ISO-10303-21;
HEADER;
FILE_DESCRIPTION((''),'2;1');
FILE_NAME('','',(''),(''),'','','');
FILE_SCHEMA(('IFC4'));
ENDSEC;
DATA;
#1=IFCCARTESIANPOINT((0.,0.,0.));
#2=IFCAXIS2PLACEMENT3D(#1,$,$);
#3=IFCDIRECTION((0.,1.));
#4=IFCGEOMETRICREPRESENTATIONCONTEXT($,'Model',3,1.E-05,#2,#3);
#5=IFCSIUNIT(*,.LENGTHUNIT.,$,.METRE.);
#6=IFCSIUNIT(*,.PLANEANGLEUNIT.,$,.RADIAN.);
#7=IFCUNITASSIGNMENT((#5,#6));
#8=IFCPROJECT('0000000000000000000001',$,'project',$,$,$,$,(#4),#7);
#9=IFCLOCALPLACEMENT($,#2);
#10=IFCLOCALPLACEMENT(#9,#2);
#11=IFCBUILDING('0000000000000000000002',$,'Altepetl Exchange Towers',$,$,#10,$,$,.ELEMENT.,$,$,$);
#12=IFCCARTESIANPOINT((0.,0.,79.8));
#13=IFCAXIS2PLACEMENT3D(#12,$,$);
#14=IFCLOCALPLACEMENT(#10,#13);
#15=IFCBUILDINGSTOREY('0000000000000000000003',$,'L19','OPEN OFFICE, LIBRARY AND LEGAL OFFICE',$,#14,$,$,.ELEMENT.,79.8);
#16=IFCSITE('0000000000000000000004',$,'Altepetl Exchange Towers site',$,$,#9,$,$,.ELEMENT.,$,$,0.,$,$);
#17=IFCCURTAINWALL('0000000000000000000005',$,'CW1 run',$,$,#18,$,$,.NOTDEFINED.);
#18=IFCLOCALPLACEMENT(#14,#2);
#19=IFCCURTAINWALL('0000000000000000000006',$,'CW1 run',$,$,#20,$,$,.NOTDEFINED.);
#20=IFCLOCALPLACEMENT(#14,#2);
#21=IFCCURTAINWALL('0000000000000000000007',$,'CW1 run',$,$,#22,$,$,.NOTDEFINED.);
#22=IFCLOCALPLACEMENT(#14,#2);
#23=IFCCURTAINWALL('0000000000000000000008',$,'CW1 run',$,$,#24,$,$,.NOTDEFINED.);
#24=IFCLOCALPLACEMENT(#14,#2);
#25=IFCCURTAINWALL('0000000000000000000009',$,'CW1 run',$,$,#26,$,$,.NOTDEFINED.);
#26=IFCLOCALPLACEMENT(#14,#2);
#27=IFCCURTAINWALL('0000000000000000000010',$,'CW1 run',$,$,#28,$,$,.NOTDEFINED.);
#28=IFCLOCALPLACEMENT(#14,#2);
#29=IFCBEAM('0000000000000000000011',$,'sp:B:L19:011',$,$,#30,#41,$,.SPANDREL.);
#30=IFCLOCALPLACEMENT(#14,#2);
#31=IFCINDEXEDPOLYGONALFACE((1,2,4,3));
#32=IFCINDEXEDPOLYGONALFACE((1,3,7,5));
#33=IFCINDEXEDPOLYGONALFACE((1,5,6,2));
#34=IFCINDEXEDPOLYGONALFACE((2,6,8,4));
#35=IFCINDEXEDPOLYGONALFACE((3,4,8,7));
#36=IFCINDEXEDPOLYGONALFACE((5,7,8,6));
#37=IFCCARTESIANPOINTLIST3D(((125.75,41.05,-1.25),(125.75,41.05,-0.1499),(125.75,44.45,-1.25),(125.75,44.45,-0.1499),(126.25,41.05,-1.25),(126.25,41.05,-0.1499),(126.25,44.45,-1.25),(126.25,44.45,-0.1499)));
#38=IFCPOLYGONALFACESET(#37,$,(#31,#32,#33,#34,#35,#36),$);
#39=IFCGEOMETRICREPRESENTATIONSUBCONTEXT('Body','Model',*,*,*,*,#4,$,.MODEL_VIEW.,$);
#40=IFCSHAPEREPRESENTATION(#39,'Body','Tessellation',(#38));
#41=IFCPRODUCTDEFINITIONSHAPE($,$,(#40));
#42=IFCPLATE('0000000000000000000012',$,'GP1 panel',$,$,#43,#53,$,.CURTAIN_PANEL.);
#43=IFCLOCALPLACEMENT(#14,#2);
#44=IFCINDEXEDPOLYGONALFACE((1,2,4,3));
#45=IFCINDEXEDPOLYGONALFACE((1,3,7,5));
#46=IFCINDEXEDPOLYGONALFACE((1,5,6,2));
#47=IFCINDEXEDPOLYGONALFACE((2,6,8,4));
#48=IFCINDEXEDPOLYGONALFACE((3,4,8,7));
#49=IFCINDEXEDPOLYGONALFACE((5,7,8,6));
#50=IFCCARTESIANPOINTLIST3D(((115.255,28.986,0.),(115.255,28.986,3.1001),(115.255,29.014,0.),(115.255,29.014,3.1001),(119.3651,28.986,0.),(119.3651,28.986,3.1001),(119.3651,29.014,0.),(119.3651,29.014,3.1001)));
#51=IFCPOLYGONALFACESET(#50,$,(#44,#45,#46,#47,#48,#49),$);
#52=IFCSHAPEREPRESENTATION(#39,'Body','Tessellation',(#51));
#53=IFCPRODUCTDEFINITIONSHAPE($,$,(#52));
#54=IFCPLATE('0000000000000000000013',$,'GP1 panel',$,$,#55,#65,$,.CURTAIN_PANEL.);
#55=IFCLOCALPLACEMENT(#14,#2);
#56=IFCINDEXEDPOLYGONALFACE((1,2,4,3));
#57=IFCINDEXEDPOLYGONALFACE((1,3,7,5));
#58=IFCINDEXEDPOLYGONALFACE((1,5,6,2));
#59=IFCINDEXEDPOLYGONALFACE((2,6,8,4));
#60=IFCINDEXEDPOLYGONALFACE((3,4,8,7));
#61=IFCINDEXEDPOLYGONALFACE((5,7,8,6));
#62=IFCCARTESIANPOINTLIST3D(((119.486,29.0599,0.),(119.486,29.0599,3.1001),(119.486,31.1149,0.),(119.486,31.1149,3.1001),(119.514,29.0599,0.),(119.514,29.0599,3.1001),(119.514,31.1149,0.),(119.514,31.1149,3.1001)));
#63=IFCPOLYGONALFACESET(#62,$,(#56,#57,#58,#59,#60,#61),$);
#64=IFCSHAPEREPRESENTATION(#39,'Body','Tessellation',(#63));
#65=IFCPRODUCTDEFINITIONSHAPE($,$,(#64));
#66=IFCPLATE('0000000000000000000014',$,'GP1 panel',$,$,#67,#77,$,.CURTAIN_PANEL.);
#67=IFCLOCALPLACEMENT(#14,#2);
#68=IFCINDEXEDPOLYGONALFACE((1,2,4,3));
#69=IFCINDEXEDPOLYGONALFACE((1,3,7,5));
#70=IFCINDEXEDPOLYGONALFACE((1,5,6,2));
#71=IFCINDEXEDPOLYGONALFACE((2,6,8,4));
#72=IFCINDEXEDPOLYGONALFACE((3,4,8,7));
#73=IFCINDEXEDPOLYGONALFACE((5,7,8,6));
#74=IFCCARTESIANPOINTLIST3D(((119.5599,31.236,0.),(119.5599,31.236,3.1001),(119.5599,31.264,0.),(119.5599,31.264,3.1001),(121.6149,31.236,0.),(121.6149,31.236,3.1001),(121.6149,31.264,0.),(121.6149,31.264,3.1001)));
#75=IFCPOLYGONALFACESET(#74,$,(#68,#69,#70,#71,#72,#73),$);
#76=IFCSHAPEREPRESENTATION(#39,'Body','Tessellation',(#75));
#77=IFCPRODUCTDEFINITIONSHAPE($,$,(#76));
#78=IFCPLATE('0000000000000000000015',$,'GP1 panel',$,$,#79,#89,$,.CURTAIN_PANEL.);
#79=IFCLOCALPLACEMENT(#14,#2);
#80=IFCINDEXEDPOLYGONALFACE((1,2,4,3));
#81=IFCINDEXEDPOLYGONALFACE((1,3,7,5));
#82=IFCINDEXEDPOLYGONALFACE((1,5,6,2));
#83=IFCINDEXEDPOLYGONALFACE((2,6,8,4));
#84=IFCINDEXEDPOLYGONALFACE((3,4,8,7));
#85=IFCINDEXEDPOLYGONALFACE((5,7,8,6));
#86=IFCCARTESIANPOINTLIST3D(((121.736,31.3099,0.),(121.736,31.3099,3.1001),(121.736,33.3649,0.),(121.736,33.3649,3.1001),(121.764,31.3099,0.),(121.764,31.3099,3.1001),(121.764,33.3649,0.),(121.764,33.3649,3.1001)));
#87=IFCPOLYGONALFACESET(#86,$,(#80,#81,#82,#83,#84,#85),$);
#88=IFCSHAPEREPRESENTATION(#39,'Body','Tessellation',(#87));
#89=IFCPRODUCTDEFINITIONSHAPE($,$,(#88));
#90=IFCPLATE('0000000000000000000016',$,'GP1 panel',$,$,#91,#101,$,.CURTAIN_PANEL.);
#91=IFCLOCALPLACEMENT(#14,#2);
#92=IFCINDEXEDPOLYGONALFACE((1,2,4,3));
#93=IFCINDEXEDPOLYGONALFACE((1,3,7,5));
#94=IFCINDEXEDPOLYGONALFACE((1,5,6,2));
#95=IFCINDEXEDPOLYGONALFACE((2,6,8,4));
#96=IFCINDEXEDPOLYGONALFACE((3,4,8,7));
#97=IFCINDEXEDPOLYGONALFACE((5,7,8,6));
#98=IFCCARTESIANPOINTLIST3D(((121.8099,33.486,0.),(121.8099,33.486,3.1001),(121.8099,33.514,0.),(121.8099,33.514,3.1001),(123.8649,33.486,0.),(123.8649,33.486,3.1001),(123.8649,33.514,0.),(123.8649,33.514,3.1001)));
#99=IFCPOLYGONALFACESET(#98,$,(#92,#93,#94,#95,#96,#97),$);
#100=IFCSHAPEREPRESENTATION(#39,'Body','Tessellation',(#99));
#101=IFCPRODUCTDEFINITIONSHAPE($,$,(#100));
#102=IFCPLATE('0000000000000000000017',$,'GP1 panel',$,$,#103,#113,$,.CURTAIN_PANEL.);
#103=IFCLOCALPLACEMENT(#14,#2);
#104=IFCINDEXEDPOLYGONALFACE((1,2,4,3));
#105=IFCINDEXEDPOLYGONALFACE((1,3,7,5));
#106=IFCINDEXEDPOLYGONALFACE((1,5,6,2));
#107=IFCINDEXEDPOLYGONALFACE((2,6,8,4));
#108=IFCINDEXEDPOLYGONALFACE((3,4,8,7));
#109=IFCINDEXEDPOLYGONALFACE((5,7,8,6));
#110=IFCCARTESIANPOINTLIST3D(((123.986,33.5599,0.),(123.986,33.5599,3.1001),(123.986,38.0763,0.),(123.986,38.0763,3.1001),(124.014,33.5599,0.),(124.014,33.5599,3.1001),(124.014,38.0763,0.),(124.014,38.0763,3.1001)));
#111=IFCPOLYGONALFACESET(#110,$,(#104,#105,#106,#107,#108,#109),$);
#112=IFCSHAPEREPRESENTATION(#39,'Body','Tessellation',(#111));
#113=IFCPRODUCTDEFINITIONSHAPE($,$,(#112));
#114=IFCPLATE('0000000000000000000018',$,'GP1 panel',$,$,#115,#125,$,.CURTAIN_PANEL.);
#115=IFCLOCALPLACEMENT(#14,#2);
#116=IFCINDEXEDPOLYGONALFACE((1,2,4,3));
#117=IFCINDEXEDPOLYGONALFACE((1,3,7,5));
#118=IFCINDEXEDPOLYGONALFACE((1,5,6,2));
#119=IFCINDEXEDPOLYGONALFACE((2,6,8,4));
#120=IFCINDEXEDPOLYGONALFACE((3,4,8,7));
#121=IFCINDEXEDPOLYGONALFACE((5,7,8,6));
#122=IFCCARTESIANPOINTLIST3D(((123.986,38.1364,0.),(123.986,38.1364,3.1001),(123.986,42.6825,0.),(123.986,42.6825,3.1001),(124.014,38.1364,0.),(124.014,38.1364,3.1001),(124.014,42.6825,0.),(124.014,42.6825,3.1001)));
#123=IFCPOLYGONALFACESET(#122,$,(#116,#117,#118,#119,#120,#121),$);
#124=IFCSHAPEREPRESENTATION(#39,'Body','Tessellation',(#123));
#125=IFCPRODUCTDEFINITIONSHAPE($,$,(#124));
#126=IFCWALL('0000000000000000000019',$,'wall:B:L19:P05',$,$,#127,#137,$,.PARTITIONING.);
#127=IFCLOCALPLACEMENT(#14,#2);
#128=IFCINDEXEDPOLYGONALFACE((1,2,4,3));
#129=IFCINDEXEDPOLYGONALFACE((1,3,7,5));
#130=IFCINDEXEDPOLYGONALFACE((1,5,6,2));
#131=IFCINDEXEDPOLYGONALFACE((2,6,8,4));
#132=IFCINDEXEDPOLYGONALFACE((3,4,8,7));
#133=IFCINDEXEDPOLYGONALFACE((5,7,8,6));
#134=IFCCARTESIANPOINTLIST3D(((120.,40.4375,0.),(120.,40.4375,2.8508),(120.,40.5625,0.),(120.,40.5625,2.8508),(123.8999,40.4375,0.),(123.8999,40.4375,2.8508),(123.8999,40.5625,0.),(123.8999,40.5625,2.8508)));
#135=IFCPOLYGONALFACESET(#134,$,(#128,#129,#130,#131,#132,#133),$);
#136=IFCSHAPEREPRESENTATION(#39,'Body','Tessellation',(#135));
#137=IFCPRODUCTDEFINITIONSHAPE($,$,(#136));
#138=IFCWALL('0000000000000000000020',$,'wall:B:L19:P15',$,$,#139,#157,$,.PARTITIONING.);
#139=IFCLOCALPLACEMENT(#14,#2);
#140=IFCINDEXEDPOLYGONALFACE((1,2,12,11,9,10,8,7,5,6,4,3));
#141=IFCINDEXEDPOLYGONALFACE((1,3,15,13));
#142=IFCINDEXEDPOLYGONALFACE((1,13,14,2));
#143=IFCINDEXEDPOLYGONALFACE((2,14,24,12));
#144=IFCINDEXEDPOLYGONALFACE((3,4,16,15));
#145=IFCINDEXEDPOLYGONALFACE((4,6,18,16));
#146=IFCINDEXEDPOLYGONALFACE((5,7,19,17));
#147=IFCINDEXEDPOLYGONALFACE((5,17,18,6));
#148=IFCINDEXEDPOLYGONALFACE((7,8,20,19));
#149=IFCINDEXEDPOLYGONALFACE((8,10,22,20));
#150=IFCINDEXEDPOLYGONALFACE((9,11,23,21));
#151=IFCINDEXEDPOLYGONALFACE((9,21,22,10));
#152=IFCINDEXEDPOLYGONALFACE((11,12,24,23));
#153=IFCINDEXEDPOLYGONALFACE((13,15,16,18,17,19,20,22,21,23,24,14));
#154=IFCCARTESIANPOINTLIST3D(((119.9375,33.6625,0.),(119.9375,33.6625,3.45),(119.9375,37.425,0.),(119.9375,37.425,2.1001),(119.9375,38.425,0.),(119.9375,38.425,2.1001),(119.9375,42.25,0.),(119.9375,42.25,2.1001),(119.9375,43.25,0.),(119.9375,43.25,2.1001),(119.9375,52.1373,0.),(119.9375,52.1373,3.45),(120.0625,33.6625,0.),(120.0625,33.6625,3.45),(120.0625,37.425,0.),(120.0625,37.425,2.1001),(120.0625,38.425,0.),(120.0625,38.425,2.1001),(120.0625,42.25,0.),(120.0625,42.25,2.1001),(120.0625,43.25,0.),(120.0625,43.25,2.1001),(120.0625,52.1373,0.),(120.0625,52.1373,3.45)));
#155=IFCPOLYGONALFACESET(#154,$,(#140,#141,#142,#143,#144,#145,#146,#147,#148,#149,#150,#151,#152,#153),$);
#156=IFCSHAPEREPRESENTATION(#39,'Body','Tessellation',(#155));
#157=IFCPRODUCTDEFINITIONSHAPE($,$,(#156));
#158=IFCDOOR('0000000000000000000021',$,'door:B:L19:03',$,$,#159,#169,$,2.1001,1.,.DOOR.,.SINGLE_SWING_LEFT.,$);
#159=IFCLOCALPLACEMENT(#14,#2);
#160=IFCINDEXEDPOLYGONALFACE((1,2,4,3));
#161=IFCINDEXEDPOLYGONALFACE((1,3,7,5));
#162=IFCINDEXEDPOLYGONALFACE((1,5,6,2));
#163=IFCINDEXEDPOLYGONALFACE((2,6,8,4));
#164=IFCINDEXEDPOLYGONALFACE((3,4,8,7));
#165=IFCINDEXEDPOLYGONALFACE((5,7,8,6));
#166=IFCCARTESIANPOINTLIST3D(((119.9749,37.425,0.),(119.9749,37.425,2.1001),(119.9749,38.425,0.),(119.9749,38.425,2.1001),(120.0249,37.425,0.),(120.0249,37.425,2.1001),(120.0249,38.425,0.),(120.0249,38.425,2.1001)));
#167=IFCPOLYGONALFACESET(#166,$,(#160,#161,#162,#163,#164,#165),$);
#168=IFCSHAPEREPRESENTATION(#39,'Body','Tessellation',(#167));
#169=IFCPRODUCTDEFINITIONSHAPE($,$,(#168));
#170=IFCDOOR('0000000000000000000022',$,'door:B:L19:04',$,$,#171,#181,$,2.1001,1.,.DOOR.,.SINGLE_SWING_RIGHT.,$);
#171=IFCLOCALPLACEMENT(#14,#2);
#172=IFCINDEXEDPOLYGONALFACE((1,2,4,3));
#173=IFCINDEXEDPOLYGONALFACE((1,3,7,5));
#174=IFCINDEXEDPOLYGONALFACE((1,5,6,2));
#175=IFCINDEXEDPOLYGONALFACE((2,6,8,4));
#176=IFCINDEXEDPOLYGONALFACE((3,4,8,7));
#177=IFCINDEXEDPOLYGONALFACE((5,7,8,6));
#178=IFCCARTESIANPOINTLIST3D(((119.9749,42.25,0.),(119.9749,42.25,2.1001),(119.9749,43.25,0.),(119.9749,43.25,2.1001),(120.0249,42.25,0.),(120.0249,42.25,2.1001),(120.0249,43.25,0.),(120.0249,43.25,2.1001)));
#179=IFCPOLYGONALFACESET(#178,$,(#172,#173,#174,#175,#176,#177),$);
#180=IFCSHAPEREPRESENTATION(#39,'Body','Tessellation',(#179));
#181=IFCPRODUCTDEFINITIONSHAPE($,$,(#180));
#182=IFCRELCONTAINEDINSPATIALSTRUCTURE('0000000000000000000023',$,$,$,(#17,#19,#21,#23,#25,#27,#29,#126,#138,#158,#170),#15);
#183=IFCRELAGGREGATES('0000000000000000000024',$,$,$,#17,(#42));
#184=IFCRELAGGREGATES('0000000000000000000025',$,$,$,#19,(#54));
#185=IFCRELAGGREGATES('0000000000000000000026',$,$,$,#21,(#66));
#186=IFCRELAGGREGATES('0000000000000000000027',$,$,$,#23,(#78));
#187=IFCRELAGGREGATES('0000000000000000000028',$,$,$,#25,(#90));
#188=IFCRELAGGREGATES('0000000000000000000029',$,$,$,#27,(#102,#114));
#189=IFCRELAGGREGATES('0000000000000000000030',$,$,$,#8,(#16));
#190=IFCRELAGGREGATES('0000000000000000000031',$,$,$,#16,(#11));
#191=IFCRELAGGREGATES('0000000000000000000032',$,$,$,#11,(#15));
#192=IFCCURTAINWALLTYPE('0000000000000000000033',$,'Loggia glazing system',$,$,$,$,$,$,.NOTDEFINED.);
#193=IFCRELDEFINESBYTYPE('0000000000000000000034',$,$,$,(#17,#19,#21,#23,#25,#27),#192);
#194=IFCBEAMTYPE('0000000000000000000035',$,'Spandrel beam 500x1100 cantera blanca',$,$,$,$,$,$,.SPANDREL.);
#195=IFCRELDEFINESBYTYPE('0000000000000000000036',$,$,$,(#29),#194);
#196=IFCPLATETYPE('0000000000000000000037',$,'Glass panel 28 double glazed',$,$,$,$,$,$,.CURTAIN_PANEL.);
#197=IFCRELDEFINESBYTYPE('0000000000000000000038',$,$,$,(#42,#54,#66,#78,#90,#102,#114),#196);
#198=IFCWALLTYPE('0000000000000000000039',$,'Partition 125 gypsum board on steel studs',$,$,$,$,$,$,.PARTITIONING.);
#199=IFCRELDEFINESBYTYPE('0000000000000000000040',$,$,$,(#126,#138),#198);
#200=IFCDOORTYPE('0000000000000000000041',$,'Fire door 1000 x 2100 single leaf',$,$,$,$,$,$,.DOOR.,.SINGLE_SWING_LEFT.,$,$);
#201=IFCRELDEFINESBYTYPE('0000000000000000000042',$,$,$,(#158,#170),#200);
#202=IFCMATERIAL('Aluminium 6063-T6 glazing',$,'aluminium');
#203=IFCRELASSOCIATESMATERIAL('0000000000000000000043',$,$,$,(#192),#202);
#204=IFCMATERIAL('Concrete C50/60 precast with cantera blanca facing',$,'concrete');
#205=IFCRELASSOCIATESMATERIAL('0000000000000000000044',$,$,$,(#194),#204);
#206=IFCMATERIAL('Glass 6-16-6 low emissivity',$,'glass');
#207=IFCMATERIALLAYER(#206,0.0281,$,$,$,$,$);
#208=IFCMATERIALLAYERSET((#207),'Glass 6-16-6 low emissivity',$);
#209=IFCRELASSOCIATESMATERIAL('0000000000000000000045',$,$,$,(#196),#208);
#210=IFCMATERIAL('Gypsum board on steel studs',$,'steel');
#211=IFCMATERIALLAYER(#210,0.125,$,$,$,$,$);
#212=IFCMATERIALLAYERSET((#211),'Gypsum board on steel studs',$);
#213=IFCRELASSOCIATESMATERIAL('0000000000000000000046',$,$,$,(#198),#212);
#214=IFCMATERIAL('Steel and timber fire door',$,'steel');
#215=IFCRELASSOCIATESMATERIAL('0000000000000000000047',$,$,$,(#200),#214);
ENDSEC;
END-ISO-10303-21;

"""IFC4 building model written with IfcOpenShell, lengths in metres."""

from ifc_helpers import new_model, si_unit, direction, frame, frame_2d, origin, origin_2d, place, context, subcontext, project, spatial, rectangle, extrude, material, layer, layer_set, material_profile, profile_set, type_object, element, fill, aggregate, save


model = new_model("IFC4")

# Units and contexts
model_context = context("Model", 3, precision=1e-05, world=origin(), true_north=direction((0.0, 1.0)))
body_context = subcontext(model_context, "Body", "Model", "MODEL_VIEW")
ifc_project = project(units=[si_unit("LENGTHUNIT", "METRE"), si_unit("PLANEANGLEUNIT", "RADIAN")], contexts=[model_context])

# Site, building, storey
site_placement = place(None, origin())
site = spatial("IfcSite", under=ifc_project, at=site_placement, Name="Altepetl Exchange Towers site", CompositionType="ELEMENT", RefElevation=0.0)
building_placement = place(site_placement, origin())
building = spatial("IfcBuilding", under=site, at=building_placement, Name="Altepetl Exchange Towers", CompositionType="ELEMENT")
storey_placement = place(building_placement, frame((0.0, 0.0, 79.8)))
storey = spatial("IfcBuildingStorey", under=building, at=storey_placement, Name="L19", Description="OPEN OFFICE, LIBRARY AND LEGAL OFFICE", CompositionType="ELEMENT", Elevation=79.8)

# Curtain wall
ifc_material_1 = material(Name="Aluminium 6063-T6 glazing", Category="aluminium")
curtain_wall_type = type_object("IfcCurtainWallType", Name="Loggia glazing system", PredefinedType="NOTDEFINED", material=ifc_material_1)
curtain_wall_1_placement = place(storey_placement, origin())
curtain_wall_1 = element("IfcCurtainWall", 1, at=curtain_wall_1_placement, inside=storey, type_object=curtain_wall_type, Name="CW1 run", PredefinedType="NOTDEFINED")

# Curtain walls
curtain_wall_2_placement = place(storey_placement, origin())
curtain_wall_2 = element("IfcCurtainWall", 2, at=curtain_wall_2_placement, inside=storey, type_object=curtain_wall_type, Name="CW1 run", PredefinedType="NOTDEFINED")
curtain_wall_3_placement = place(storey_placement, origin())
curtain_wall_3 = element("IfcCurtainWall", 3, at=curtain_wall_3_placement, inside=storey, type_object=curtain_wall_type, Name="CW1 run", PredefinedType="NOTDEFINED")
curtain_wall_4_placement = place(storey_placement, origin())
curtain_wall_4 = element("IfcCurtainWall", 4, at=curtain_wall_4_placement, inside=storey, type_object=curtain_wall_type, Name="CW1 run", PredefinedType="NOTDEFINED")
curtain_wall_5_placement = place(storey_placement, origin())
curtain_wall_5 = element("IfcCurtainWall", 5, at=curtain_wall_5_placement, inside=storey, type_object=curtain_wall_type, Name="CW1 run", PredefinedType="NOTDEFINED")
curtain_wall_6_placement = place(storey_placement, origin())
curtain_wall_6 = element("IfcCurtainWall", 6, at=curtain_wall_6_placement, inside=storey, type_object=curtain_wall_type, Name="CW1 run", PredefinedType="NOTDEFINED")

# Beam
ifc_material_2 = material(Name="Concrete C50/60 precast with cantera blanca facing", Category="concrete")
ifc_material_profile_1 = material_profile(ifc_material_2, rectangle(XDim=0.5, YDim=1.1001, at=origin_2d()), Name="500 x 1100")
ifc_profile_set_1 = profile_set([ifc_material_profile_1], Name="Concrete C50/60 precast with cantera blanca facing")
beam_type_1 = type_object("IfcBeamType", Name="Spandrel beam 500x1100 cantera blanca", PredefinedType="SPANDREL", material=ifc_profile_set_1)
for number, where, z_axis, x_axis, name in (
    (7, (126.0, 41.05, -0.7), (0.0, 1.0, 0.0), (-1.0, 0.0, 0.0), "sp:B:L19:011"),
):
    element("IfcBeam", number, at=place(storey_placement, frame(where, z_axis=z_axis, x_axis=x_axis)), inside=storey, type_object=beam_type_1, Name=name, PredefinedType="SPANDREL", context=body_context, shape_type="SweptSolid", body=[
        extrude(rectangle(XDim=0.5, YDim=1.1001, at=origin_2d()), origin(), (0.0, 0.0, 1.0), 3.3999),
    ])

# Plates
ifc_material_3 = material(Name="Glass 6-16-6 low emissivity", Category="glass")
ifc_layer_1 = layer(ifc_material_3, 0.0281)
ifc_layer_set_1 = layer_set([ifc_layer_1], Name="Glass 6-16-6 low emissivity")
plate_type = type_object("IfcPlateType", Name="Glass panel 28 double glazed", PredefinedType="CURTAIN_PANEL", material=ifc_layer_set_1)
plate_1_placement = place(storey_placement, frame((117.3101, 29.0, 0.0)))
plate_1 = element("IfcPlate", 8, at=plate_1_placement, type_object=plate_type, Name="GP1 panel", PredefinedType="CURTAIN_PANEL", context=body_context, shape_type="SweptSolid", body=[
    extrude(rectangle(XDim=4.1101, YDim=0.0281, at=origin_2d()), origin(), (0.0, 0.0, 1.0), 3.1001),
])
aggregate(curtain_wall_1, [plate_1])
plate_2_placement = place(storey_placement, frame((119.5, 30.0874, 0.0), z_axis=(0.0, 0.0, 1.0), x_axis=(0.0, 1.0, 0.0)))
plate_2 = element("IfcPlate", 9, at=plate_2_placement, type_object=plate_type, Name="GP1 panel", PredefinedType="CURTAIN_PANEL", context=body_context, shape_type="SweptSolid", body=[
    extrude(rectangle(XDim=2.0549, YDim=0.0281, at=origin_2d()), origin(), (0.0, 0.0, 1.0), 3.1001),
])
aggregate(curtain_wall_2, [plate_2])
plate_3_placement = place(storey_placement, frame((120.5874, 31.25, 0.0)))
plate_3 = element("IfcPlate", 10, at=plate_3_placement, type_object=plate_type, Name="GP1 panel", PredefinedType="CURTAIN_PANEL", context=body_context, shape_type="SweptSolid", body=[
    extrude(rectangle(XDim=2.0549, YDim=0.0281, at=origin_2d()), origin(), (0.0, 0.0, 1.0), 3.1001),
])
aggregate(curtain_wall_3, [plate_3])
plate_4_placement = place(storey_placement, frame((121.75, 32.3374, 0.0), z_axis=(0.0, 0.0, 1.0), x_axis=(0.0, 1.0, 0.0)))
plate_4 = element("IfcPlate", 11, at=plate_4_placement, type_object=plate_type, Name="GP1 panel", PredefinedType="CURTAIN_PANEL", context=body_context, shape_type="SweptSolid", body=[
    extrude(rectangle(XDim=2.0549, YDim=0.0281, at=origin_2d()), origin(), (0.0, 0.0, 1.0), 3.1001),
])
aggregate(curtain_wall_4, [plate_4])
plate_5_placement = place(storey_placement, frame((122.8374, 33.5, 0.0)))
plate_5 = element("IfcPlate", 12, at=plate_5_placement, type_object=plate_type, Name="GP1 panel", PredefinedType="CURTAIN_PANEL", context=body_context, shape_type="SweptSolid", body=[
    extrude(rectangle(XDim=2.0549, YDim=0.0281, at=origin_2d()), origin(), (0.0, 0.0, 1.0), 3.1001),
])
aggregate(curtain_wall_5, [plate_5])
plate_6_placement = place(storey_placement, frame((124.0, 35.8181, 0.0), z_axis=(0.0, 0.0, 1.0), x_axis=(0.0, 1.0, 0.0)))
plate_6 = element("IfcPlate", 13, at=plate_6_placement, type_object=plate_type, Name="GP1 panel", PredefinedType="CURTAIN_PANEL", context=body_context, shape_type="SweptSolid", body=[
    extrude(rectangle(XDim=4.5164, YDim=0.0281, at=origin_2d()), origin(), (0.0, 0.0, 1.0), 3.1001),
])
plate_7_placement = place(storey_placement, frame((124.0, 40.4094, 0.0), z_axis=(0.0, 0.0, 1.0), x_axis=(0.0, 1.0, 0.0)))
plate_7 = element("IfcPlate", 14, at=plate_7_placement, type_object=plate_type, Name="GP1 panel", PredefinedType="CURTAIN_PANEL", context=body_context, shape_type="SweptSolid", body=[
    extrude(rectangle(XDim=4.5461, YDim=0.0281, at=origin_2d()), origin(), (0.0, 0.0, 1.0), 3.1001),
])
aggregate(curtain_wall_6, [plate_6, plate_7])

# Wall
ifc_material_4 = material(Name="Gypsum board on steel studs", Category="steel")
ifc_layer_2 = layer(ifc_material_4, 0.125)
ifc_layer_set_2 = layer_set([ifc_layer_2], Name="Gypsum board on steel studs")
wall_type = type_object("IfcWallType", Name="Partition 125 gypsum board on steel studs", PredefinedType="PARTITIONING", material=ifc_layer_set_2)
wall_1_placement = place(storey_placement, frame((120.0, 40.5, 0.0)))
element("IfcWall", 15, at=wall_1_placement, inside=storey, type_object=wall_type, Name="wall:B:L19:P05", PredefinedType="PARTITIONING", context=body_context, shape_type="SweptSolid", body=[
    extrude(rectangle(XDim=3.8999, YDim=0.125, at=frame_2d((1.95, 0.0))), origin(), (0.0, 0.0, 1.0), 2.8508),
])

# Wall, openings, doors
wall_2_placement = place(storey_placement, frame((120.0, 33.6626, 0.0), z_axis=(0.0, 0.0, 1.0), x_axis=(0.0, 1.0, 0.0)))
wall_2 = element("IfcWall", 16, at=wall_2_placement, inside=storey, type_object=wall_type, Name="wall:B:L19:P15", PredefinedType="PARTITIONING", context=body_context, shape_type="SweptSolid", body=[
    extrude(rectangle(XDim=18.4749, YDim=0.125, at=frame_2d((9.2373, 0.0))), origin(), (0.0, 0.0, 1.0), 3.45),
])
opening_1_placement = place(wall_2_placement, frame((3.7625, 0.0, 0.0)))
opening_1 = element("IfcOpeningElement", 17, at=opening_1_placement, cuts=wall_2, PredefinedType="OPENING", context=body_context, shape_type="SweptSolid", body=[
    extrude(rectangle(XDim=1.0, YDim=2.1001, at=frame_2d((0.5, 1.05))), frame((0.0, 0.0725, 0.0), z_axis=(0.0, -1.0, 0.0), x_axis=(1.0, 0.0, 0.0)), (0.0, 0.0, 1.0), 0.145),
])
opening_2_placement = place(wall_2_placement, frame((8.5874, 0.0, 0.0)))
opening_2 = element("IfcOpeningElement", 18, at=opening_2_placement, cuts=wall_2, PredefinedType="OPENING", context=body_context, shape_type="SweptSolid", body=[
    extrude(rectangle(XDim=1.0, YDim=2.1001, at=frame_2d((0.5, 1.05))), frame((0.0, 0.0725, 0.0), z_axis=(0.0, -1.0, 0.0), x_axis=(1.0, 0.0, 0.0)), (0.0, 0.0, 1.0), 0.145),
])
ifc_material_5 = material(Name="Steel and timber fire door", Category="steel")
door_type = type_object("IfcDoorType", Name="Fire door 1000 x 2100 single leaf", OperationType="SINGLE_SWING_LEFT", PredefinedType="DOOR", material=ifc_material_5)
door_1_placement = place(opening_1_placement, frame((1.0, 0.0, 0.0), x_axis=(-1.0, 0.0, 0.0)))
door_1 = element("IfcDoor", 19, at=door_1_placement, inside=storey, type_object=door_type, Name="door:B:L19:03", OperationType="SINGLE_SWING_LEFT", OverallHeight=2.1001, OverallWidth=1.0, PredefinedType="DOOR", context=body_context, shape_type="SweptSolid", body=[
    extrude(rectangle(XDim=1.0, YDim=2.1001, at=frame_2d((0.5, 1.05))), frame((0.0, 0.0249, 0.0), z_axis=(0.0, -1.0, 0.0), x_axis=(1.0, 0.0, 0.0)), (0.0, 0.0, 1.0), 0.05),
])
fill(opening_1, door_1)
door_2_placement = place(opening_2_placement, frame((1.0, 0.0, 0.0), x_axis=(-1.0, 0.0, 0.0)))
door_2 = element("IfcDoor", 20, at=door_2_placement, inside=storey, type_object=door_type, Name="door:B:L19:04", OperationType="SINGLE_SWING_RIGHT", OverallHeight=2.1001, OverallWidth=1.0, PredefinedType="DOOR", context=body_context, shape_type="SweptSolid", body=[
    extrude(rectangle(XDim=1.0, YDim=2.1001, at=frame_2d((0.5, 1.05))), frame((0.0, 0.0249, 0.0), z_axis=(0.0, -1.0, 0.0), x_axis=(1.0, 0.0, 0.0)), (0.0, 0.0, 1.0), 0.05),
])
fill(opening_2, door_2)

save(model, "model.ifc")
